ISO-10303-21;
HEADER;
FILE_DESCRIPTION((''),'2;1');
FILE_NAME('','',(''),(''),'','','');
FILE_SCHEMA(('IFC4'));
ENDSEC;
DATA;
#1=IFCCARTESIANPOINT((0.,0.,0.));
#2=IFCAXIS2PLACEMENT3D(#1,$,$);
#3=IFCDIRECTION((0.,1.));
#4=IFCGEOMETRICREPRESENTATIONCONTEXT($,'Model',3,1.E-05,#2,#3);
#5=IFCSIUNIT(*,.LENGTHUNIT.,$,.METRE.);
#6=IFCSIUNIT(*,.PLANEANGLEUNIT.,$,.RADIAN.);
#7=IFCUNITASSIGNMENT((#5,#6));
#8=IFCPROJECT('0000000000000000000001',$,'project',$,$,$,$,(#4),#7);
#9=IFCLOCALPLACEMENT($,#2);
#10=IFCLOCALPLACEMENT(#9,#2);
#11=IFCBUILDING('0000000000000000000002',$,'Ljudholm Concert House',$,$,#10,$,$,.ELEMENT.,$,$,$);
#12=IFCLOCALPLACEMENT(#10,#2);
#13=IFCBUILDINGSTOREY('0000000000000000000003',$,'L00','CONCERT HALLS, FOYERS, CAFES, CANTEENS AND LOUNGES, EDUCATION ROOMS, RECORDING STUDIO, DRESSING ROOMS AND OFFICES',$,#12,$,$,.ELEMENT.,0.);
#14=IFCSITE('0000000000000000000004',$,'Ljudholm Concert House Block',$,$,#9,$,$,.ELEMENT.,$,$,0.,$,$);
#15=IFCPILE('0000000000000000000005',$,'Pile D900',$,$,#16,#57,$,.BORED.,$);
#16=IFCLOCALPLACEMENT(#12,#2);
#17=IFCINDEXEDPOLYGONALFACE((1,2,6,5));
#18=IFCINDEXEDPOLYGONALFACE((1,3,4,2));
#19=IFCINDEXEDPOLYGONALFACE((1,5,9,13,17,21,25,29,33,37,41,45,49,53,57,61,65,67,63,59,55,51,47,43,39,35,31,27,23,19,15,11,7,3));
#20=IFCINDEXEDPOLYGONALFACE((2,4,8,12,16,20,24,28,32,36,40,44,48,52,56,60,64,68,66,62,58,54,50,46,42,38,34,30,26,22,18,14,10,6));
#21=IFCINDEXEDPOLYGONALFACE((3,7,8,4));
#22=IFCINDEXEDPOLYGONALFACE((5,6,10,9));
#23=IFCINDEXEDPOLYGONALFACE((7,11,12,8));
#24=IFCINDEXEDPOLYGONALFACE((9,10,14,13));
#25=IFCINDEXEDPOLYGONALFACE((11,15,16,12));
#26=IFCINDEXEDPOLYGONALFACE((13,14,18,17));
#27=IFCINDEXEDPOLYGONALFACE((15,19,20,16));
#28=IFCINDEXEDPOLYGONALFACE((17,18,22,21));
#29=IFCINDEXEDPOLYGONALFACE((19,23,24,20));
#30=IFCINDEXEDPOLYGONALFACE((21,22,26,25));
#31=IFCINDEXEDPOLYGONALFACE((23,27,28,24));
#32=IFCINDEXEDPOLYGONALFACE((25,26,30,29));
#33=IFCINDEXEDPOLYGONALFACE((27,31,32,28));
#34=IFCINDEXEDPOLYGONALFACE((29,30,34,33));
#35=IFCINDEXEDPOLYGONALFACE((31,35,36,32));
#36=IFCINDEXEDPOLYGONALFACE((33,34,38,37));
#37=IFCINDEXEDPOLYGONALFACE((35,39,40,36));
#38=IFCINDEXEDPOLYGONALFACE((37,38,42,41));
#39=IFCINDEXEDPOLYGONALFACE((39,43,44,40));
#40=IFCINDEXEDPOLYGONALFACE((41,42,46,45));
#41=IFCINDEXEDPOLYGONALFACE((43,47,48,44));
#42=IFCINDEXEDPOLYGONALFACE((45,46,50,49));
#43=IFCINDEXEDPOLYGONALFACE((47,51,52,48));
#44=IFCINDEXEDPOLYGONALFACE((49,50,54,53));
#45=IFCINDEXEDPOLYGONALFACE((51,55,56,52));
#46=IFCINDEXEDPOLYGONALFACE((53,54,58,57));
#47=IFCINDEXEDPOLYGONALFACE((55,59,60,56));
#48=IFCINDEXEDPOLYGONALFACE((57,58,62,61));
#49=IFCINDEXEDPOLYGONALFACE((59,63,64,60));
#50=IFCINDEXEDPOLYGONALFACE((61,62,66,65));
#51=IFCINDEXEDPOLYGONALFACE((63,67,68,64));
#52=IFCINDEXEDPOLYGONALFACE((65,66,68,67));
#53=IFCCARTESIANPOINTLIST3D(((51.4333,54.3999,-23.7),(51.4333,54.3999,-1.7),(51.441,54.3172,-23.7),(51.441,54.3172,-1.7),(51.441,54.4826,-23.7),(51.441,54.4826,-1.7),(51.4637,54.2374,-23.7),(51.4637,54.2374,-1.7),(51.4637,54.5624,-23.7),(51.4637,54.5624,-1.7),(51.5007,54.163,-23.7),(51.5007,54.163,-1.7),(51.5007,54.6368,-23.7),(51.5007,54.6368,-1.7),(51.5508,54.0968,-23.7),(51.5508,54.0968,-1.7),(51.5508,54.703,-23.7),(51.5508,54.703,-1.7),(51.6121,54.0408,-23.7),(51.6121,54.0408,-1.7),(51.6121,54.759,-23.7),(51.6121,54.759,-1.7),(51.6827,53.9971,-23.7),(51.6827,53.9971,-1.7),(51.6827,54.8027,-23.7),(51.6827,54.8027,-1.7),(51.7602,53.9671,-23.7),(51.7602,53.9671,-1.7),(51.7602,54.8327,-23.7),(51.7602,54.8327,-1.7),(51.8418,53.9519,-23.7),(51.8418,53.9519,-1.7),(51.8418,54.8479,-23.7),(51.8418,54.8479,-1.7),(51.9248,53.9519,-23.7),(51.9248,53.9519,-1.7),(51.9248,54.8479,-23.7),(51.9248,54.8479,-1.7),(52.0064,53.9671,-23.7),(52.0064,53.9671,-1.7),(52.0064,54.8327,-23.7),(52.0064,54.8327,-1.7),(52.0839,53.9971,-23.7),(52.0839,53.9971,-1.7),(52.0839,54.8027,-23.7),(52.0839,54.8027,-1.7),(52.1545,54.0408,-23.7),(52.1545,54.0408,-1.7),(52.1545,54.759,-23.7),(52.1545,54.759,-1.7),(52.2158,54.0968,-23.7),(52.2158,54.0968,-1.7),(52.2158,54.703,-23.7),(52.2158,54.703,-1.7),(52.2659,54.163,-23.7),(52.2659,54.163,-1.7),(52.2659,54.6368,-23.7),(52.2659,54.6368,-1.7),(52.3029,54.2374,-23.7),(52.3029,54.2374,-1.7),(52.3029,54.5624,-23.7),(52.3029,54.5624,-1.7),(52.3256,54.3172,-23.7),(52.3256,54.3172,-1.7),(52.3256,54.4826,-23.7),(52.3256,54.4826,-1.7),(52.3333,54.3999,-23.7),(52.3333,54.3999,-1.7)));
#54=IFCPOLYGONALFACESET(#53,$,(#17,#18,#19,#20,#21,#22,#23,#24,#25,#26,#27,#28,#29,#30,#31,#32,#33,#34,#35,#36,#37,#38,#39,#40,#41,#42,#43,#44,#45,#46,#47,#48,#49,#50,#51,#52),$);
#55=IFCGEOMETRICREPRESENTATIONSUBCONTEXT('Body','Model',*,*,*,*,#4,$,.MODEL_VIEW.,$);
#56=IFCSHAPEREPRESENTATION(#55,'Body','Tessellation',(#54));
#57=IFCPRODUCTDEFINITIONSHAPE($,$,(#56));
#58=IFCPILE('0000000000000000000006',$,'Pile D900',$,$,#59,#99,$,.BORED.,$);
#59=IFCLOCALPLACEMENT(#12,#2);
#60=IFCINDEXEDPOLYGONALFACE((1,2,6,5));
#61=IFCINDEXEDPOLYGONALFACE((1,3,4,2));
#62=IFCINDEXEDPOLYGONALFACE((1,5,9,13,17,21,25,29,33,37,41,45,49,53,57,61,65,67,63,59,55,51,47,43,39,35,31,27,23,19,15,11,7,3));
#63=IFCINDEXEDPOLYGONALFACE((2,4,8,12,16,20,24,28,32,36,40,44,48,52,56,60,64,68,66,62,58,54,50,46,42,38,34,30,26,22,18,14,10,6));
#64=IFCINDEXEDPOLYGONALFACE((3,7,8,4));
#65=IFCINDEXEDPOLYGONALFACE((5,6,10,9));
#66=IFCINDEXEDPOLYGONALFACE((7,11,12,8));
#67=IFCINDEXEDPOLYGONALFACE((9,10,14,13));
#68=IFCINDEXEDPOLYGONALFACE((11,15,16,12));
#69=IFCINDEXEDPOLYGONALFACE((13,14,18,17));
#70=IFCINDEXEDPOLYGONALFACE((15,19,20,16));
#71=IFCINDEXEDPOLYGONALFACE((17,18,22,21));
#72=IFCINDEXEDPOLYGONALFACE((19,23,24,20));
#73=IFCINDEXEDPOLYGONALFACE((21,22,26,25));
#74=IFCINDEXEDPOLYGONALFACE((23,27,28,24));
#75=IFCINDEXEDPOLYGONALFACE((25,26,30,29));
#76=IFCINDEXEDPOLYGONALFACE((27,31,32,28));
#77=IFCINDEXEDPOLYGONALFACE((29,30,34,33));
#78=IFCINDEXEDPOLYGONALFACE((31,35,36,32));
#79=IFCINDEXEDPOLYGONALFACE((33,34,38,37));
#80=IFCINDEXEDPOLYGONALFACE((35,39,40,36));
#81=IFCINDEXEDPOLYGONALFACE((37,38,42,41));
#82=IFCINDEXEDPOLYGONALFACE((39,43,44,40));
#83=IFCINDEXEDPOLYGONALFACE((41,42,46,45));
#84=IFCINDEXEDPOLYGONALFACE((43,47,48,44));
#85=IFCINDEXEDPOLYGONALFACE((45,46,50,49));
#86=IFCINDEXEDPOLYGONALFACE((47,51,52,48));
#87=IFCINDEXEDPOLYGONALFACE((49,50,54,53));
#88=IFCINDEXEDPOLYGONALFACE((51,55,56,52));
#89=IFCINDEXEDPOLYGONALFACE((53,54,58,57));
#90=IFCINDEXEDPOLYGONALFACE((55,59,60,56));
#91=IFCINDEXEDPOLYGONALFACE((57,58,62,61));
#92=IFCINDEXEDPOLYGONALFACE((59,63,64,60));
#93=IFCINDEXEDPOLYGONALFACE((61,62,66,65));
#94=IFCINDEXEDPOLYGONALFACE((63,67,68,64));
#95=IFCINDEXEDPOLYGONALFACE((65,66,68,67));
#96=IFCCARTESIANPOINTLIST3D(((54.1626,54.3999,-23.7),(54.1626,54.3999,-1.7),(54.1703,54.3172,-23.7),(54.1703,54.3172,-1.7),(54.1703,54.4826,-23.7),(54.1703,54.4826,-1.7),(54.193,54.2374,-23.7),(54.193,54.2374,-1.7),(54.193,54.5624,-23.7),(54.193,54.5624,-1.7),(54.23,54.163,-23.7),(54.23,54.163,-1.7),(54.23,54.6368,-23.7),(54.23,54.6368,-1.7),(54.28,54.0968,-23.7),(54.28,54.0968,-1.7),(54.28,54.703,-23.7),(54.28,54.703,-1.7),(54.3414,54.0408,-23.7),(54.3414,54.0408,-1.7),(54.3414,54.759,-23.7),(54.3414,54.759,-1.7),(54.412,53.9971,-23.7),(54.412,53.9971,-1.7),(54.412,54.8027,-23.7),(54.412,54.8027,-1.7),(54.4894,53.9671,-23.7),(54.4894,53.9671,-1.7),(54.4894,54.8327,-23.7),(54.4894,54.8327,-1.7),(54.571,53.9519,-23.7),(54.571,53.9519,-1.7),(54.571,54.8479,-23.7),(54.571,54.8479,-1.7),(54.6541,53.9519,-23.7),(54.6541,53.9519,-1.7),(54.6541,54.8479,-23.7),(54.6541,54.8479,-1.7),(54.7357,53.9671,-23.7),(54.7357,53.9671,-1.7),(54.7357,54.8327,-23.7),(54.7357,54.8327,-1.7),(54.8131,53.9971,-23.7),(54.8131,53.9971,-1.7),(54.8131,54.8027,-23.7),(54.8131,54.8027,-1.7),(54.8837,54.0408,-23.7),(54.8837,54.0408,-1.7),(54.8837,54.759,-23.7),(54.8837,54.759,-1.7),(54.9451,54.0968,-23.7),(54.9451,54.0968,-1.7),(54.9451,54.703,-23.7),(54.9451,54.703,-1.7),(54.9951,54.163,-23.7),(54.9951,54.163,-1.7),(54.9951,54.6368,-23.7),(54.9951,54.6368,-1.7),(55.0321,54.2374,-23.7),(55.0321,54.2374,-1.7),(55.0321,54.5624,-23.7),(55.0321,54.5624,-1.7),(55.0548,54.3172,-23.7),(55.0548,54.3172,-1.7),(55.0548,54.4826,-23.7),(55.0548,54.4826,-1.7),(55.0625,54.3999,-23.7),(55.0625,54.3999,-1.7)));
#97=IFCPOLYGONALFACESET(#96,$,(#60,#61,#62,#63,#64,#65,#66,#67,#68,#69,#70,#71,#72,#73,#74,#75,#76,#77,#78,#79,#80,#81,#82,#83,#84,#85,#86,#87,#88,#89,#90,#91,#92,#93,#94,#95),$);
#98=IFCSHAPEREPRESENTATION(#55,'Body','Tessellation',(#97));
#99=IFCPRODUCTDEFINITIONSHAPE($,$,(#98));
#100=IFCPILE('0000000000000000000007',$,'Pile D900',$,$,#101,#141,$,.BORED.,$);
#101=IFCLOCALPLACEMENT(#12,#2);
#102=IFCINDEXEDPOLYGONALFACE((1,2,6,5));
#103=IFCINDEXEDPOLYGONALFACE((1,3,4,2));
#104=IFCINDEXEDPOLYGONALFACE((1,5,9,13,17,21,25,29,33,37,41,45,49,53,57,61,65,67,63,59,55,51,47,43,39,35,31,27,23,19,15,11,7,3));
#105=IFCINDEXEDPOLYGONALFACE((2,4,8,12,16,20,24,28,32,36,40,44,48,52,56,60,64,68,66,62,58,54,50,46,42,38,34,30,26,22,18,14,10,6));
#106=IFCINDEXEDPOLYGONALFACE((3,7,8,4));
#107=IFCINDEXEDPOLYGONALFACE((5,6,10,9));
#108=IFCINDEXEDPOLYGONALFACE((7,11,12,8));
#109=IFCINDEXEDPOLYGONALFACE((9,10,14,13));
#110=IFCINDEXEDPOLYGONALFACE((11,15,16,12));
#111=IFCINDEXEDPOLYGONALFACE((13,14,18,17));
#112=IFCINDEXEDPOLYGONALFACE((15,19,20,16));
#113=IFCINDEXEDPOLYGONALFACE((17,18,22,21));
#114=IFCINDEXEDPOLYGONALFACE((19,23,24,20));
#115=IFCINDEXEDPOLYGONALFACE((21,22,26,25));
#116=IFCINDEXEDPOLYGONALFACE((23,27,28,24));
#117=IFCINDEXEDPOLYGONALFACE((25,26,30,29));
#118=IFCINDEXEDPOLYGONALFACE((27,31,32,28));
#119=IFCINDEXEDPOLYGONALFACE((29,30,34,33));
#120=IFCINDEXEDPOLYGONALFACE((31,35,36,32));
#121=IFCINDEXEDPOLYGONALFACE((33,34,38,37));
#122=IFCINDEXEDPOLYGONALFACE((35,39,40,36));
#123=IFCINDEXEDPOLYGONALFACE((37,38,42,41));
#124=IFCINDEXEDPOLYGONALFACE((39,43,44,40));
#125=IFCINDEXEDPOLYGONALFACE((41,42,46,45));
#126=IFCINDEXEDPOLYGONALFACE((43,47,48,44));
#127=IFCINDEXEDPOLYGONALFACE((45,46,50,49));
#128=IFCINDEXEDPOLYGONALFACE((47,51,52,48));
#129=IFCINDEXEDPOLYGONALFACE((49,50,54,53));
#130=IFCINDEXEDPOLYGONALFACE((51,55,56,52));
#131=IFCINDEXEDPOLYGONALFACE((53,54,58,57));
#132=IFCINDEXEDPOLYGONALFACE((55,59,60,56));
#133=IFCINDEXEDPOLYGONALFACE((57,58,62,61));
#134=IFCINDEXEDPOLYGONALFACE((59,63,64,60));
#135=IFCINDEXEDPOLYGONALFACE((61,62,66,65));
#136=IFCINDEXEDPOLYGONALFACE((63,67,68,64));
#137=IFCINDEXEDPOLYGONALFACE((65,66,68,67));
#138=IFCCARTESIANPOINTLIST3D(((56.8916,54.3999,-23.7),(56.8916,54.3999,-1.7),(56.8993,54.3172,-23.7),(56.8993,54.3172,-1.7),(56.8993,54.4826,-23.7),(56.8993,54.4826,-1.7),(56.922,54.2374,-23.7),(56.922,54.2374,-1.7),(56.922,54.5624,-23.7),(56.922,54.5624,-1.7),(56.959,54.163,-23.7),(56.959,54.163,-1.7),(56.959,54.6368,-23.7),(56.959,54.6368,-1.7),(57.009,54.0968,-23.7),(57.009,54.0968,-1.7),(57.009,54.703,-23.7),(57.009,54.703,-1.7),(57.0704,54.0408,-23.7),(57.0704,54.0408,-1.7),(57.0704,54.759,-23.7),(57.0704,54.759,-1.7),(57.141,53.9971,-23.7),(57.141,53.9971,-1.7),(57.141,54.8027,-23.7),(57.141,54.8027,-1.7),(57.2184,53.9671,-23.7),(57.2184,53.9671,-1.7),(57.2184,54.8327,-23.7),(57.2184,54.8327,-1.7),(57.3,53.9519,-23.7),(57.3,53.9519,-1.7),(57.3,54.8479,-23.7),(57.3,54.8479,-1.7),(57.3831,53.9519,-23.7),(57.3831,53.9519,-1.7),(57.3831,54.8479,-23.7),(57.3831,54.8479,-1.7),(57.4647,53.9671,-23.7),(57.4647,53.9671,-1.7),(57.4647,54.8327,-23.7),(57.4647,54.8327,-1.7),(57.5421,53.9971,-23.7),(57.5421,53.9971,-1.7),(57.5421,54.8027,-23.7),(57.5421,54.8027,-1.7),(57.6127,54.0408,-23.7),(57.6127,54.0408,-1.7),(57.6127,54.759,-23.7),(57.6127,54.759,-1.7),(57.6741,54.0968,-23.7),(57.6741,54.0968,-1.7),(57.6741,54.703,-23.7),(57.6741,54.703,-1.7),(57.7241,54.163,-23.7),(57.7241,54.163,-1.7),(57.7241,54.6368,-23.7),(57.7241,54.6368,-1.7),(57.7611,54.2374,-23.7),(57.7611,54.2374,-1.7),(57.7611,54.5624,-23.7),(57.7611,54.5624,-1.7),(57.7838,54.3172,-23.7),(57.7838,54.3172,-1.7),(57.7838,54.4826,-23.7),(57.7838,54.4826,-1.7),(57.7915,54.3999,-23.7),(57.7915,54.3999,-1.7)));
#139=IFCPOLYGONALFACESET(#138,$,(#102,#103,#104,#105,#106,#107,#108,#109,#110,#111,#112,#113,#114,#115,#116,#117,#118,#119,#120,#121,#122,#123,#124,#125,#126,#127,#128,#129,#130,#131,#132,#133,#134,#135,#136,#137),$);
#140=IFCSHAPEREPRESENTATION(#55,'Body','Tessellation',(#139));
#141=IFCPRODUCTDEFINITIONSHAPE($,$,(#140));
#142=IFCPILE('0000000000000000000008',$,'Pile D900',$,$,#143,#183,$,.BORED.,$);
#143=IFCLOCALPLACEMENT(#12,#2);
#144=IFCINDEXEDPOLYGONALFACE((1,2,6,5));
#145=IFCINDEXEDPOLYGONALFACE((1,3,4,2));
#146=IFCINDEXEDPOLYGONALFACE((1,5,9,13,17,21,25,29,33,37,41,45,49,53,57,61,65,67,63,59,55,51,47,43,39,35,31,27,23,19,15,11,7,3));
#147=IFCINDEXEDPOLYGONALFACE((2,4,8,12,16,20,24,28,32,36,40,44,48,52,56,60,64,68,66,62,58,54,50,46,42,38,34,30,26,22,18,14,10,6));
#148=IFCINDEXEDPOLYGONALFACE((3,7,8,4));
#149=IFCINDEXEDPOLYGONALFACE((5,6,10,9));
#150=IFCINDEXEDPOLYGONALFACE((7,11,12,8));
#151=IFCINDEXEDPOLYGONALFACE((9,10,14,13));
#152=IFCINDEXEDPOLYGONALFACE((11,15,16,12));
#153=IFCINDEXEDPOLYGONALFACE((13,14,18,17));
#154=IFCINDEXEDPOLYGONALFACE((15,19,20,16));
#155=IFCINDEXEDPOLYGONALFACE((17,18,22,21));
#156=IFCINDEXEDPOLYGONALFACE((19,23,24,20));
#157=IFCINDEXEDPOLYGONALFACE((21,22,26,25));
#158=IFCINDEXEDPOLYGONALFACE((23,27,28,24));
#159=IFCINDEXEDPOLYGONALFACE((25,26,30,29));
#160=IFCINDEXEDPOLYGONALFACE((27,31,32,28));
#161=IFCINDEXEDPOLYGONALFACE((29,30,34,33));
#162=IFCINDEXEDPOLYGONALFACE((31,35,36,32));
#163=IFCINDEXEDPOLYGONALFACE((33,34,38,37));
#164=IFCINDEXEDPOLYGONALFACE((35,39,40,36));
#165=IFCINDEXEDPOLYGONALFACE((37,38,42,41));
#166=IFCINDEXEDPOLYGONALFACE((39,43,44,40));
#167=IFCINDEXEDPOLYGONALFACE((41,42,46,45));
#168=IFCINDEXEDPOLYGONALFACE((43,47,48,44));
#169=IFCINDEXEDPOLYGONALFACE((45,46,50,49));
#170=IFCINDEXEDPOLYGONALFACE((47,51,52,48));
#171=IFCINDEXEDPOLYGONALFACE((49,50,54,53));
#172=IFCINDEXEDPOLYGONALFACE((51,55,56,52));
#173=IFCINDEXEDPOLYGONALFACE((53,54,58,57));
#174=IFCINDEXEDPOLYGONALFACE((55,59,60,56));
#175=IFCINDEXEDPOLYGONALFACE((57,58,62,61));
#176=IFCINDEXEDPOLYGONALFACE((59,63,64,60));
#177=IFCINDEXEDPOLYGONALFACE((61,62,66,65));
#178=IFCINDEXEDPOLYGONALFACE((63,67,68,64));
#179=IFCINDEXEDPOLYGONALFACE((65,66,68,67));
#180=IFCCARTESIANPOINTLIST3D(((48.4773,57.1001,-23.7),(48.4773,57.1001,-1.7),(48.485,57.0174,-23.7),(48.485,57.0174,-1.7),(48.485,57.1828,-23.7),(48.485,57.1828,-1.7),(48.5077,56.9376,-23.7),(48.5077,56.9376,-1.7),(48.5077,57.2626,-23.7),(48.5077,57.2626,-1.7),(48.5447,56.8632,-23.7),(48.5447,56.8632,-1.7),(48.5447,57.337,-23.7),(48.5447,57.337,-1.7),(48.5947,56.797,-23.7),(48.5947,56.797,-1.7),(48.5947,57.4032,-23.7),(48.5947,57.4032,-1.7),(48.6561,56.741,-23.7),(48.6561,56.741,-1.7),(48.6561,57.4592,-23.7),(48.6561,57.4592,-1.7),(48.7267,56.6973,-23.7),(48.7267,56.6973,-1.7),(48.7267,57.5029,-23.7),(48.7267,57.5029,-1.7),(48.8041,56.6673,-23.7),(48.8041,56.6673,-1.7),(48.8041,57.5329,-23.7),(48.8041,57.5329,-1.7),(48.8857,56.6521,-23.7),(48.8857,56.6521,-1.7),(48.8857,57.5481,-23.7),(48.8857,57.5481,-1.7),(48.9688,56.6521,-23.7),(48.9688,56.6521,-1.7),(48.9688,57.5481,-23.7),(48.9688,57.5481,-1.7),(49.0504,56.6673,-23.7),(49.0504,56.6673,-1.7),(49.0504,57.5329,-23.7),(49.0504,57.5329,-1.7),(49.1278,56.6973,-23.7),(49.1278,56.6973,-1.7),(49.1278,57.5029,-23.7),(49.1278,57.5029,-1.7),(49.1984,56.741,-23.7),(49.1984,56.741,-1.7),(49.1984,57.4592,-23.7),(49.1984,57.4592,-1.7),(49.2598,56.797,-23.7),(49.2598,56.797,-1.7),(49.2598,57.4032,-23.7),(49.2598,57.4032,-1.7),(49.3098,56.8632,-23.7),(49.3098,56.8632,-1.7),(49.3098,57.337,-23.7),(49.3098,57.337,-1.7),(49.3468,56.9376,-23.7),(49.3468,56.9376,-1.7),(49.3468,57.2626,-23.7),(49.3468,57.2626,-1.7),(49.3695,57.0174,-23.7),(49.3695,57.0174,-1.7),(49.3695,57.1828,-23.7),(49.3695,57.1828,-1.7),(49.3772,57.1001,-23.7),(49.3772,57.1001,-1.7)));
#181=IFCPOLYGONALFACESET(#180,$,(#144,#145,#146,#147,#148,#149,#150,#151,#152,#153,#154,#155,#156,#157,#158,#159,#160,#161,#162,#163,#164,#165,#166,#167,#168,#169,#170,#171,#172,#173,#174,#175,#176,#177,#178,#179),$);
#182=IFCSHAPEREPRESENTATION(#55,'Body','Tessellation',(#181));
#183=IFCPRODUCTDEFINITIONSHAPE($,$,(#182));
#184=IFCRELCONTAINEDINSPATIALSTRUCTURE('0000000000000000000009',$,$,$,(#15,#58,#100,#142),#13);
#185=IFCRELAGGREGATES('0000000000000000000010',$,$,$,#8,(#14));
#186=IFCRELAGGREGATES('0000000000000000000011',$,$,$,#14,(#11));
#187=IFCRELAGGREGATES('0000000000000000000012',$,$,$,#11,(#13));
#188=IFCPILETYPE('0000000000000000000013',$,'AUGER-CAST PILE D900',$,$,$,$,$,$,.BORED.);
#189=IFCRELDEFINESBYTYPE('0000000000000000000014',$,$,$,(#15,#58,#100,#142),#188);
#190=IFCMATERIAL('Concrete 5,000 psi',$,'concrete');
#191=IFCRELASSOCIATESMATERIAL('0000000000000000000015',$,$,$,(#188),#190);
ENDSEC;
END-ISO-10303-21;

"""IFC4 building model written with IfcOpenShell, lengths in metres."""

from ifc_helpers import new_model, si_unit, direction, frame, origin, origin_2d, place, context, subcontext, project, spatial, circle, extrude, material, material_profile, profile_set, type_object, element, save


model = new_model("IFC4")

# Units and contexts
model_context = context("Model", 3, precision=1e-05, world=origin(), true_north=direction((0.0, 1.0)))
body_context = subcontext(model_context, "Body", "Model", "MODEL_VIEW")
ifc_project = project(units=[si_unit("LENGTHUNIT", "METRE"), si_unit("PLANEANGLEUNIT", "RADIAN")], contexts=[model_context])

# Site, building, storey
site_placement = place(None, origin())
site = spatial("IfcSite", under=ifc_project, at=site_placement, Name="Ljudholm Concert House Block", CompositionType="ELEMENT", RefElevation=0.0)
building_placement = place(site_placement, origin())
building = spatial("IfcBuilding", under=site, at=building_placement, Name="Ljudholm Concert House", CompositionType="ELEMENT")
storey_placement = place(building_placement, origin())
storey = spatial("IfcBuildingStorey", under=building, at=storey_placement, Name="L00", Description="CONCERT HALLS, FOYERS, CAFES, CANTEENS AND LOUNGES, EDUCATION ROOMS, RECORDING STUDIO, DRESSING ROOMS AND OFFICES", CompositionType="ELEMENT", Elevation=0.0)

# Piles
ifc_material_1 = material(Name="Concrete 5,000 psi", Category="concrete")
ifc_material_profile_1 = material_profile(ifc_material_1, circle(Radius=0.45, at=origin_2d()), Name="AUGER-CAST PILE D900")
ifc_profile_set_1 = profile_set([ifc_material_profile_1], Name="Concrete 5,000 psi")
pile_type_1 = type_object("IfcPileType", Name="AUGER-CAST PILE D900", PredefinedType="BORED", material=ifc_profile_set_1)
for number, where, z_axis, x_axis, name in (
    (1, (51.8833, 54.3999, -1.7), (0.0, 0.0, -1.0), (1.0, 0.0, 0.0), "Pile D900"),
    (2, (54.6125, 54.3999, -1.7), (0.0, 0.0, -1.0), (1.0, 0.0, 0.0), "Pile D900"),
    (3, (57.3416, 54.3999, -1.7), (0.0, 0.0, -1.0), (1.0, 0.0, 0.0), "Pile D900"),
    (4, (48.9272, 57.1001, -1.7), (0.0, 0.0, -1.0), (1.0, 0.0, 0.0), "Pile D900"),
):
    element("IfcPile", number, at=place(storey_placement, frame(where, z_axis=z_axis, x_axis=x_axis)), inside=storey, type_object=pile_type_1, Name=name, PredefinedType="BORED", context=body_context, shape_type="SweptSolid", body=[
        extrude(circle(Radius=0.45, at=origin_2d()), origin(), (0.0, 0.0, 1.0), 22.0),
    ])

save(model, "model.ifc")
